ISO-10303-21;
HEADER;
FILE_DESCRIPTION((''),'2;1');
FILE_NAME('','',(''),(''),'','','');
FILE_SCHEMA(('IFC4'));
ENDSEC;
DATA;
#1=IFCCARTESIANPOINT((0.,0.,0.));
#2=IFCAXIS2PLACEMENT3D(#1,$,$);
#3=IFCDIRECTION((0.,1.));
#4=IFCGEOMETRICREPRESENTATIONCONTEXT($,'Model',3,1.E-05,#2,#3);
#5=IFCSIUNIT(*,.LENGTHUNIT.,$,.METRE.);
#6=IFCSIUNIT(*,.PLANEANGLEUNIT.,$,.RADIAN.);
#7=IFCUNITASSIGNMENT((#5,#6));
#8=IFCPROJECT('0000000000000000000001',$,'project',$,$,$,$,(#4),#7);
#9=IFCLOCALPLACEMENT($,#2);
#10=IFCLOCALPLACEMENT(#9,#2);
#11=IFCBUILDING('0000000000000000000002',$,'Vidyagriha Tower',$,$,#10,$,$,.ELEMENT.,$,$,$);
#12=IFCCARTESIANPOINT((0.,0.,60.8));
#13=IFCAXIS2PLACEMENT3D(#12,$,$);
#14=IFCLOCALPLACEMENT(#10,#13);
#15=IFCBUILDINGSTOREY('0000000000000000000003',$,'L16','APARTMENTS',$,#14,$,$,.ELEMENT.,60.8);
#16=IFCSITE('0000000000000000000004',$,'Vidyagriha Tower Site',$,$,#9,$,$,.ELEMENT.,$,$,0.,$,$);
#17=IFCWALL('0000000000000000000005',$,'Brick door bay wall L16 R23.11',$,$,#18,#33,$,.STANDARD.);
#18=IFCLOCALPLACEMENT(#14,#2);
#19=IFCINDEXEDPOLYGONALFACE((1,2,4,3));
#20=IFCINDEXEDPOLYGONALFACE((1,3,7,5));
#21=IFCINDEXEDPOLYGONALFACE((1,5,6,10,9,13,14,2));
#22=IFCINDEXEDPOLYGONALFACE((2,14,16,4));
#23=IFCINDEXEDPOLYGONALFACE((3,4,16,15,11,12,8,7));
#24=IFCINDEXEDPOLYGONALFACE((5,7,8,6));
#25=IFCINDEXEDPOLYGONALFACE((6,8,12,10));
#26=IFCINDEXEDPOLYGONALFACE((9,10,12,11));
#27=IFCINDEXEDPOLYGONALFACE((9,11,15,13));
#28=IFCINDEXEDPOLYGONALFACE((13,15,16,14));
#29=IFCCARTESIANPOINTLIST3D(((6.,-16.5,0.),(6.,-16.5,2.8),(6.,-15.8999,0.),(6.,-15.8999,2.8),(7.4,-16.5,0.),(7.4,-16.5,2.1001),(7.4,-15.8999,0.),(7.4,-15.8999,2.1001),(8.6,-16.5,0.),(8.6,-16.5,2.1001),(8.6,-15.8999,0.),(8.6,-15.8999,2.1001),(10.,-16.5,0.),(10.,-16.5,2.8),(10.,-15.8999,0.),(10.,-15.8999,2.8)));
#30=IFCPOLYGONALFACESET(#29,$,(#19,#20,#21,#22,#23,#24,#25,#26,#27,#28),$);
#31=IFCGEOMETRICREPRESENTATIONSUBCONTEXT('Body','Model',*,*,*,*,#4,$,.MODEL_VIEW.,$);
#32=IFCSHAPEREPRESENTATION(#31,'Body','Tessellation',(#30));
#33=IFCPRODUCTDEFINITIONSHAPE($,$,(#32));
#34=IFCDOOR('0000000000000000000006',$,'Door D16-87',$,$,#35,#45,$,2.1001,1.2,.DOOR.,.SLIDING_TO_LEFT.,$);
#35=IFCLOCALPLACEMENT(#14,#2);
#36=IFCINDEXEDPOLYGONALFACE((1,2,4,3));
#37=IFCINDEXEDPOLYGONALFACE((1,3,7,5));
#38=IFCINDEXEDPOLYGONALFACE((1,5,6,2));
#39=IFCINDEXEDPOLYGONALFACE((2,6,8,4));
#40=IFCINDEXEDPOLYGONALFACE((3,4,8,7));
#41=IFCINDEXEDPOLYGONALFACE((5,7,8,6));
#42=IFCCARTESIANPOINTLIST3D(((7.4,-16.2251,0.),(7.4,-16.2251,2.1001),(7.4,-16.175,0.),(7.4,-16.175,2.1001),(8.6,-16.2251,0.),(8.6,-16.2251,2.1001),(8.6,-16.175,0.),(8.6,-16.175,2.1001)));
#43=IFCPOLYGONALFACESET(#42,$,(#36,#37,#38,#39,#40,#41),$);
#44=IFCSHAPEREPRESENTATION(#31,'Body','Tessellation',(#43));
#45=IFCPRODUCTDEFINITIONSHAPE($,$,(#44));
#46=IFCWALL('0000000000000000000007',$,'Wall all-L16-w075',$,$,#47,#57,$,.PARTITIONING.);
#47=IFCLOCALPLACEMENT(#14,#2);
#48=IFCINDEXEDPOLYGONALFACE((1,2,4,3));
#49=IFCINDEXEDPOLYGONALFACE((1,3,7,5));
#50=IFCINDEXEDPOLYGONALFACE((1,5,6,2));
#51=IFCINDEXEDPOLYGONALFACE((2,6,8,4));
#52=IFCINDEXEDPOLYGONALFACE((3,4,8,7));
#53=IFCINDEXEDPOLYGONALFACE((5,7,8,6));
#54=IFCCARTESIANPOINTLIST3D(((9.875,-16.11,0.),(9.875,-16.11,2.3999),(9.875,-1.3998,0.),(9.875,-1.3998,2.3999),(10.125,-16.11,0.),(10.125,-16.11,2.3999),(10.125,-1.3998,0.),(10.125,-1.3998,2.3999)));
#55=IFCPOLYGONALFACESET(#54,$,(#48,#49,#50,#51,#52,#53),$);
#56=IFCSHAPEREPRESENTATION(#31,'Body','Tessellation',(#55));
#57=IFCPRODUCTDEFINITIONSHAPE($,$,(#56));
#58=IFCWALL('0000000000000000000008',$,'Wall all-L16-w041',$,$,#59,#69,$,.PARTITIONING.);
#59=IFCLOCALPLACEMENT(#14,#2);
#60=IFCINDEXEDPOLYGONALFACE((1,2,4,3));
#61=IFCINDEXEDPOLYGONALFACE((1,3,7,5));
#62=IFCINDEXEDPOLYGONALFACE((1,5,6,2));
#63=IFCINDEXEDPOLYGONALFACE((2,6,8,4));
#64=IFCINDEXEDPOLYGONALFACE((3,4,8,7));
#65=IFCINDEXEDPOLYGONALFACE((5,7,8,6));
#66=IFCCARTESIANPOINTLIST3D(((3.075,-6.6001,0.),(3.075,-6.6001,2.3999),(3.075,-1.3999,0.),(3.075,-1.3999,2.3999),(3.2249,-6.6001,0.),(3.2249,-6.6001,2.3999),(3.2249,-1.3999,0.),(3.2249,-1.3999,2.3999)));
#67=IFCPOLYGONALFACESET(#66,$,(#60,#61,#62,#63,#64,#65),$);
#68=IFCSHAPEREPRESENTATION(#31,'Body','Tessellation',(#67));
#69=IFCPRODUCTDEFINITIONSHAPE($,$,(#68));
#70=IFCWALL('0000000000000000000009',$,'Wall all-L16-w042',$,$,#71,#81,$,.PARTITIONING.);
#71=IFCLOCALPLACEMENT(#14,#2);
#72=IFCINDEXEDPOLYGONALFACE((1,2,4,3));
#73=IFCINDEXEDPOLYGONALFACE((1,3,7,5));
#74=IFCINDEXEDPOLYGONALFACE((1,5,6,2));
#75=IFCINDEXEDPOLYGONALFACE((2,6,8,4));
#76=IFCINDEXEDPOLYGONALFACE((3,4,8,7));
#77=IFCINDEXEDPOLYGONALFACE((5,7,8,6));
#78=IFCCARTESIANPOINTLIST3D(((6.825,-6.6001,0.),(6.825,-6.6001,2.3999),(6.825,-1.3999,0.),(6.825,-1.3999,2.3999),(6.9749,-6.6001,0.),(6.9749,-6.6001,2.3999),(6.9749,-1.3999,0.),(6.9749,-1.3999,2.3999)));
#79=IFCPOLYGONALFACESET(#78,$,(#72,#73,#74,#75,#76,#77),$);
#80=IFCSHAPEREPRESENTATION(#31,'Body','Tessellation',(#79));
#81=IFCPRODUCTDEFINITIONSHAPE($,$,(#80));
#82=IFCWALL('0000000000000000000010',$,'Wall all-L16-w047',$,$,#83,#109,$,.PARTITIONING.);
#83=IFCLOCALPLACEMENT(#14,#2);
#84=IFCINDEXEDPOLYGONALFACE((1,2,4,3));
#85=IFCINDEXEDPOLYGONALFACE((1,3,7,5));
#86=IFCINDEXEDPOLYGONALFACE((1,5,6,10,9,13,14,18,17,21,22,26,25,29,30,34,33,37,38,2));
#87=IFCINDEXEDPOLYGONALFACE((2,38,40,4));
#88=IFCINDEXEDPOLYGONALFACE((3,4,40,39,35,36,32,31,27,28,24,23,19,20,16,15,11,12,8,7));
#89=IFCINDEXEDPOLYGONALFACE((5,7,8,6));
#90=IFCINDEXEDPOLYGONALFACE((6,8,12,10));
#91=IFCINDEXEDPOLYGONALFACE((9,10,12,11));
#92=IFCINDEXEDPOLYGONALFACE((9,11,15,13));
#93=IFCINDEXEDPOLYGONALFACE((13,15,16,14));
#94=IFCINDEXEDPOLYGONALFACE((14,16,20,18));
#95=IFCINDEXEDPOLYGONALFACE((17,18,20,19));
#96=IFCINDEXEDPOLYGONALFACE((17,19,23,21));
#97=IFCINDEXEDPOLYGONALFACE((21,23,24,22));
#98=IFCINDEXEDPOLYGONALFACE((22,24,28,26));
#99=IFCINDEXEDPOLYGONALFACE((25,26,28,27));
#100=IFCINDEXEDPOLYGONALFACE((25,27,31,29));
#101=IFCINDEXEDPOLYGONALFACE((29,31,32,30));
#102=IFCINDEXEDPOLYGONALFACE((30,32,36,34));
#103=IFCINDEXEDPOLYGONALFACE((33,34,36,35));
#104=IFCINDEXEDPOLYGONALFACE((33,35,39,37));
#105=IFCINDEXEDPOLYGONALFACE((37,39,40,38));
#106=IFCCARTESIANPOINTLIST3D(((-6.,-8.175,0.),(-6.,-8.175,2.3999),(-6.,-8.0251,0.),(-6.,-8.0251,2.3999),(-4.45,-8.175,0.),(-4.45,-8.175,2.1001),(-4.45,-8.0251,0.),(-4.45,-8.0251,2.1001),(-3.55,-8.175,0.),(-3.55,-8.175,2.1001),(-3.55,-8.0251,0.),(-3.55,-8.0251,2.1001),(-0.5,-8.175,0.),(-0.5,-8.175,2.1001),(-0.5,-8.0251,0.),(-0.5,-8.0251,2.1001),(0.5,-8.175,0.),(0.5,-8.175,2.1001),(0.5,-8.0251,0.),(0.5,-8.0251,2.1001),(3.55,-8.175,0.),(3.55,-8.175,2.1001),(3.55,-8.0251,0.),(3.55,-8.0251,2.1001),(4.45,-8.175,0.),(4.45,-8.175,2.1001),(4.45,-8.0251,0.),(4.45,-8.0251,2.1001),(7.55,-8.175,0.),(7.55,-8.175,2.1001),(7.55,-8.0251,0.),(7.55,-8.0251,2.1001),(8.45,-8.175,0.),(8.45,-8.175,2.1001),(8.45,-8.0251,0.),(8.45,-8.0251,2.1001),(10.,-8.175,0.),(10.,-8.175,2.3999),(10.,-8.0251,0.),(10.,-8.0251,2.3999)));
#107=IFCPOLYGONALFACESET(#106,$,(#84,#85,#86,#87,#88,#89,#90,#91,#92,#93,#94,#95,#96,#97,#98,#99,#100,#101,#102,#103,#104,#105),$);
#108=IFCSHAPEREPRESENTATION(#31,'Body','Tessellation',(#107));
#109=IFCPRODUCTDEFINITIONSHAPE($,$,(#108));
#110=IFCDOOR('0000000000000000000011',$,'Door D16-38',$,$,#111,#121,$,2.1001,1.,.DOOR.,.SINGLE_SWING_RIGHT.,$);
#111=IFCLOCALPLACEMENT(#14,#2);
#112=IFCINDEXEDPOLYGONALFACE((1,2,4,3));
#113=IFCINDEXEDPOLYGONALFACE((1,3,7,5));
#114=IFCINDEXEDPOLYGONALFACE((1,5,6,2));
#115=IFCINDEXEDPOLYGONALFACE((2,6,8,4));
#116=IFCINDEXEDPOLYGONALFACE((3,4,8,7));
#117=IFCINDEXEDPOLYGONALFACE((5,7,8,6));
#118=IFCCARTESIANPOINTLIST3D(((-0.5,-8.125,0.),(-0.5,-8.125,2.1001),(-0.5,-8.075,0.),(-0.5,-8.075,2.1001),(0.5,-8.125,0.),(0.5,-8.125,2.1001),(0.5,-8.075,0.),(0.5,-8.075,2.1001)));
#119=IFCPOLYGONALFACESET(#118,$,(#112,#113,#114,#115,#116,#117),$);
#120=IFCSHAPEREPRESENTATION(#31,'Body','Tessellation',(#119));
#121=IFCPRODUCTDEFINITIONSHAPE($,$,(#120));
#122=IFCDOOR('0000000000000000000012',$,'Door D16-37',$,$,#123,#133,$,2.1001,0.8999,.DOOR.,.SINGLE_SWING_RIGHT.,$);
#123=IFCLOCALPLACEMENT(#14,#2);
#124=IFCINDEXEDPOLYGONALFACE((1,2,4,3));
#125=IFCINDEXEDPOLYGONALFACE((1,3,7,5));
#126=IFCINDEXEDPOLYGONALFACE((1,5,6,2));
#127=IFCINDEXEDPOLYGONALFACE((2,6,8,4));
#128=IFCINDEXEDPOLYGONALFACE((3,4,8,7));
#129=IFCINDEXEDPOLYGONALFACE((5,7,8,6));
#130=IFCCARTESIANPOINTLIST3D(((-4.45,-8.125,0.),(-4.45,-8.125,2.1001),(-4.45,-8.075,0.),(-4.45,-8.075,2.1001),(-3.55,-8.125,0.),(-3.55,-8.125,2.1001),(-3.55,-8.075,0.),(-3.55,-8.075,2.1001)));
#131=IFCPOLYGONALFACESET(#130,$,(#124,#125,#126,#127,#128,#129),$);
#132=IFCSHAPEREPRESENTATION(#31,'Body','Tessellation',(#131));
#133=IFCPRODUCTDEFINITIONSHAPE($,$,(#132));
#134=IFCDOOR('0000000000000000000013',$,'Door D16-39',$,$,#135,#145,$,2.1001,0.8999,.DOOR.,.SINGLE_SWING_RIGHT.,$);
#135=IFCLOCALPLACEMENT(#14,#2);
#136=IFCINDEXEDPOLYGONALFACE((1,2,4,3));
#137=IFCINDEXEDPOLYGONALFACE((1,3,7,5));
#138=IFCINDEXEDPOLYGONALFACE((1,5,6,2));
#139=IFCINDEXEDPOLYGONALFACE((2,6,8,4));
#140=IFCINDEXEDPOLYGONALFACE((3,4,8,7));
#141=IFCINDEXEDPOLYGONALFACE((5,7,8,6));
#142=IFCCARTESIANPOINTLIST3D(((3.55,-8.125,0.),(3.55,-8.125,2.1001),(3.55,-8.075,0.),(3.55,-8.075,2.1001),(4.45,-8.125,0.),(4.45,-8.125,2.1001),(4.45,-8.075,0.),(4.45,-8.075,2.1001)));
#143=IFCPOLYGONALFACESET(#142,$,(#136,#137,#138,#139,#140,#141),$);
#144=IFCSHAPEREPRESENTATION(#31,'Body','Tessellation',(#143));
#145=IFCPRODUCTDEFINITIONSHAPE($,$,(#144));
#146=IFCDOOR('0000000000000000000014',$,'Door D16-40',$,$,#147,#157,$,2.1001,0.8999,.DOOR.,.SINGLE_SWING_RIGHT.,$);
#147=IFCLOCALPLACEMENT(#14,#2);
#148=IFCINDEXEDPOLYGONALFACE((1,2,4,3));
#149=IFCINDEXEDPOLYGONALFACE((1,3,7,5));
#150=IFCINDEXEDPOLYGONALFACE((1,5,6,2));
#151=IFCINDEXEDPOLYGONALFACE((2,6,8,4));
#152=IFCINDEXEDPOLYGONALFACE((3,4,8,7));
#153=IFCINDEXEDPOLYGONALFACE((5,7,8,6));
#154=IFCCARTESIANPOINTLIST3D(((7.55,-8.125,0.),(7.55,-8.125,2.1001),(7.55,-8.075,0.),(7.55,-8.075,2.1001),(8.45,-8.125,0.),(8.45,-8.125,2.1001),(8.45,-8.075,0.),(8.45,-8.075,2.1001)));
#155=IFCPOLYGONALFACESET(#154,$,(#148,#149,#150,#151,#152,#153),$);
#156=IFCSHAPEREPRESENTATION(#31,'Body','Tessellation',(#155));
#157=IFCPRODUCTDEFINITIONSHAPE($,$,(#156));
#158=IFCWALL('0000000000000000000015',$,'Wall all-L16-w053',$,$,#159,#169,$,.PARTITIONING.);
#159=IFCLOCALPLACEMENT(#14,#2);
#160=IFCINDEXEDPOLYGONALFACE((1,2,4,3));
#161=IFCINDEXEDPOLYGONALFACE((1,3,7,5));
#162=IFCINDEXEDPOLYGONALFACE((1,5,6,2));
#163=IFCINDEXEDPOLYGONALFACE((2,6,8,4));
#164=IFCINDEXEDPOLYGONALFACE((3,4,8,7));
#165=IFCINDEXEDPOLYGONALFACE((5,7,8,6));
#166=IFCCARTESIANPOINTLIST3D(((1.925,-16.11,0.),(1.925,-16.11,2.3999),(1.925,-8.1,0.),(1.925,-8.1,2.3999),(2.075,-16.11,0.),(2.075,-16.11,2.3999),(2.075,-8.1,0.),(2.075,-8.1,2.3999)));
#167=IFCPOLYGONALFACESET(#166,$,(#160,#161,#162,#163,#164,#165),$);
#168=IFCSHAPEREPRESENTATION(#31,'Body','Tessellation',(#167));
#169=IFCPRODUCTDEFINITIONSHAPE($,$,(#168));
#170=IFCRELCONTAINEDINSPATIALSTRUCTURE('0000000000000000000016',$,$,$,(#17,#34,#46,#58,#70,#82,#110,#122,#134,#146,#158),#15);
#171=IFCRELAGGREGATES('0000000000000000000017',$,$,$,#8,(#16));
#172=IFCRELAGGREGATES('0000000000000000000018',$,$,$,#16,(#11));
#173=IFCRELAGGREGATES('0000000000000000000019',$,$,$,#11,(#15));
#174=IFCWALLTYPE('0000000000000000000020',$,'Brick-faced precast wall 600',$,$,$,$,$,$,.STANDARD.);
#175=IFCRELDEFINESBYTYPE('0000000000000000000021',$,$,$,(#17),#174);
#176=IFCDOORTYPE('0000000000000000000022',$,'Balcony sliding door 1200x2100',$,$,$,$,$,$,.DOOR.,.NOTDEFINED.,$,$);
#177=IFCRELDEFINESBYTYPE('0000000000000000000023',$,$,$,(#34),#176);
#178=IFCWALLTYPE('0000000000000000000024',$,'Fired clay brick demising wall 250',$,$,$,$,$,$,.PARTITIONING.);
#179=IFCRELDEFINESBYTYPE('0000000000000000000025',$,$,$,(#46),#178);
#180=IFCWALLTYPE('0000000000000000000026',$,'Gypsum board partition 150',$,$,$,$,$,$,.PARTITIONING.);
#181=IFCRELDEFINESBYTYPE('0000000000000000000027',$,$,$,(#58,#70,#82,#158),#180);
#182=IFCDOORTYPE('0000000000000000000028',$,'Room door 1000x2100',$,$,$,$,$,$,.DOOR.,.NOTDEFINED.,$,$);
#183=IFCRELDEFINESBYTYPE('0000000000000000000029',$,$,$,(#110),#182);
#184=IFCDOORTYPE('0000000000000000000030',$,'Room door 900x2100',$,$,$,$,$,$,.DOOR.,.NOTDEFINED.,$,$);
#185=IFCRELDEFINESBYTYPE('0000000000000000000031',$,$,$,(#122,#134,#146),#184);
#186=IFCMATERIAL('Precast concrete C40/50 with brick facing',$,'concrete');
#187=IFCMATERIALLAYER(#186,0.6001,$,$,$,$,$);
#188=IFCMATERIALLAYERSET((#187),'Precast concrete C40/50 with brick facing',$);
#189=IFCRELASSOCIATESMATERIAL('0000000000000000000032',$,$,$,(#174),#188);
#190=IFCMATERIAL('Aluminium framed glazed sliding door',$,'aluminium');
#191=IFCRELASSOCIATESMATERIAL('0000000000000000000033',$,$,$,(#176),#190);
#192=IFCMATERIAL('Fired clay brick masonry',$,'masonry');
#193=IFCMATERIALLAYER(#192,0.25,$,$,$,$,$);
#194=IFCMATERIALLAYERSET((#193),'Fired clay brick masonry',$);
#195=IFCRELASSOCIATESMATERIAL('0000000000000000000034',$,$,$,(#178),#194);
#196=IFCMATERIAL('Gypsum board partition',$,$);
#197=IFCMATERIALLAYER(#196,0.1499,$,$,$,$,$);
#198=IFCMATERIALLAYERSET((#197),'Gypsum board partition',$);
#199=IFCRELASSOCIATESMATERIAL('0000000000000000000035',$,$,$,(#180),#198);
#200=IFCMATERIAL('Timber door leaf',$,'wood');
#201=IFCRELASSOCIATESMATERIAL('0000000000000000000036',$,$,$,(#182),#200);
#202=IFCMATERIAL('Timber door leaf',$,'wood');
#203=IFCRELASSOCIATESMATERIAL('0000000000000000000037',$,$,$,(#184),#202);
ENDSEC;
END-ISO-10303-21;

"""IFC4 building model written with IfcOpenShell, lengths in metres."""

from ifc_helpers import new_model, si_unit, direction, frame, frame_2d, origin, place, context, subcontext, project, spatial, rectangle, extrude, material, layer, layer_set, type_object, element, fill, save


model = new_model("IFC4")

# Units and contexts
model_context = context("Model", 3, precision=1e-05, world=origin(), true_north=direction((0.0, 1.0)))
body_context = subcontext(model_context, "Body", "Model", "MODEL_VIEW")
ifc_project = project(units=[si_unit("LENGTHUNIT", "METRE"), si_unit("PLANEANGLEUNIT", "RADIAN")], contexts=[model_context])

# Site, building, storey
site_placement = place(None, origin())
site = spatial("IfcSite", under=ifc_project, at=site_placement, Name="Vidyagriha Tower Site", CompositionType="ELEMENT", RefElevation=0.0)
building_placement = place(site_placement, origin())
building = spatial("IfcBuilding", under=site, at=building_placement, Name="Vidyagriha Tower", CompositionType="ELEMENT")
storey_placement = place(building_placement, frame((0.0, 0.0, 60.8)))
storey = spatial("IfcBuildingStorey", under=building, at=storey_placement, Name="L16", Description="APARTMENTS", CompositionType="ELEMENT", Elevation=60.8)

# Wall, opening, door
ifc_material_1 = material(Name="Precast concrete C40/50 with brick facing", Category="concrete")
ifc_layer_1 = layer(ifc_material_1, 0.6001)
ifc_layer_set_1 = layer_set([ifc_layer_1], Name="Precast concrete C40/50 with brick facing")
wall_type_1 = type_object("IfcWallType", Name="Brick-faced precast wall 600", PredefinedType="STANDARD", material=ifc_layer_set_1)
wall_1_placement = place(storey_placement, frame((6.0, -16.2, 0.0)))
wall_1 = element("IfcWall", 1, at=wall_1_placement, inside=storey, type_object=wall_type_1, Name="Brick door bay wall L16 R23.11", PredefinedType="STANDARD", context=body_context, shape_type="SweptSolid", body=[
    extrude(rectangle(XDim=4.0, YDim=0.6001, at=frame_2d((2.0, 0.0))), origin(), (0.0, 0.0, 1.0), 2.8),
])
opening_1_placement = place(wall_1_placement, frame((1.3999, 0.0, 0.0)))
opening_1 = element("IfcOpeningElement", 2, at=opening_1_placement, cuts=wall_1, PredefinedType="OPENING", context=body_context, shape_type="SweptSolid", body=[
    extrude(rectangle(XDim=1.2, YDim=2.1001, at=frame_2d((0.6001, 1.05))), frame((0.0, 0.3101, 0.0), z_axis=(0.0, -1.0, 0.0), x_axis=(1.0, 0.0, 0.0)), (0.0, 0.0, 1.0), 0.6201),
])
ifc_material_2 = material(Name="Aluminium framed glazed sliding door", Category="aluminium")
door_type_1 = type_object("IfcDoorType", Name="Balcony sliding door 1200x2100", OperationType="NOTDEFINED", PredefinedType="DOOR", material=ifc_material_2)
door_1_placement = place(opening_1_placement, origin())
door_1 = element("IfcDoor", 3, at=door_1_placement, inside=storey, type_object=door_type_1, Name="Door D16-87", OperationType="SLIDING_TO_LEFT", OverallHeight=2.1001, OverallWidth=1.2, PredefinedType="DOOR", context=body_context, shape_type="SweptSolid", body=[
    extrude(rectangle(XDim=1.2, YDim=2.1001, at=frame_2d((0.6001, 1.05))), frame((0.0, 0.0249, 0.0), z_axis=(0.0, -1.0, 0.0), x_axis=(1.0, 0.0, 0.0)), (0.0, 0.0, 1.0), 0.05),
])
fill(opening_1, door_1)

# Walls
ifc_material_3 = material(Name="Fired clay brick masonry", Category="masonry")
ifc_layer_2 = layer(ifc_material_3, 0.25)
ifc_layer_set_2 = layer_set([ifc_layer_2], Name="Fired clay brick masonry")
wall_type_2 = type_object("IfcWallType", Name="Fired clay brick demising wall 250", PredefinedType="PARTITIONING", material=ifc_layer_set_2)
wall_2_placement = place(storey_placement, frame((10.0, -1.3999, 0.0), z_axis=(0.0, 0.0, 1.0), x_axis=(0.0, -1.0, 0.0)))
element("IfcWall", 4, at=wall_2_placement, inside=storey, type_object=wall_type_2, Name="Wall all-L16-w075", PredefinedType="PARTITIONING", context=body_context, shape_type="SweptSolid", body=[
    extrude(rectangle(XDim=14.7102, YDim=0.25, at=frame_2d((7.355, 0.0))), origin(), (0.0, 0.0, 1.0), 2.3999),
])
ifc_material_4 = material(Name="Gypsum board partition")
ifc_layer_3 = layer(ifc_material_4, 0.1499)
ifc_layer_set_3 = layer_set([ifc_layer_3], Name="Gypsum board partition")
wall_type_3 = type_object("IfcWallType", Name="Gypsum board partition 150", PredefinedType="PARTITIONING", material=ifc_layer_set_3)
for number, where, z_axis, x_axis, name in (
    (5, (3.1499, -1.3999, 0.0), (0.0, 0.0, 1.0), (0.0, -1.0, 0.0), "Wall all-L16-w041"),
    (6, (6.8999, -1.3999, 0.0), (0.0, 0.0, 1.0), (0.0, -1.0, 0.0), "Wall all-L16-w042"),
):
    element("IfcWall", number, at=place(storey_placement, frame(where, z_axis=z_axis, x_axis=x_axis)), inside=storey, type_object=wall_type_3, Name=name, PredefinedType="PARTITIONING", context=body_context, shape_type="SweptSolid", body=[
        extrude(rectangle(XDim=5.2002, YDim=0.1499, at=frame_2d((2.6001, 0.0))), origin(), (0.0, 0.0, 1.0), 2.3999),
    ])

# Wall, openings, doors
wall_3_placement = place(storey_placement, frame((10.0, -8.1001, 0.0), z_axis=(0.0, 0.0, 1.0), x_axis=(-1.0, 0.0, 0.0)))
wall_3 = element("IfcWall", 7, at=wall_3_placement, inside=storey, type_object=wall_type_3, Name="Wall all-L16-w047", PredefinedType="PARTITIONING", context=body_context, shape_type="SweptSolid", body=[
    extrude(rectangle(XDim=16.0, YDim=0.1499, at=frame_2d((8.0, 0.0))), origin(), (0.0, 0.0, 1.0), 2.3999),
])
opening_2_placement = place(wall_3_placement, frame((13.55, 0.0, 0.0)))
opening_2 = element("IfcOpeningElement", 8, at=opening_2_placement, cuts=wall_3, PredefinedType="OPENING", context=body_context, shape_type="SweptSolid", body=[
    extrude(rectangle(XDim=0.8999, YDim=2.1001, at=frame_2d((0.45, 1.05))), frame((0.0, 0.085, 0.0), z_axis=(0.0, -1.0, 0.0), x_axis=(1.0, 0.0, 0.0)), (0.0, 0.0, 1.0), 0.1699),
])
opening_3_placement = place(wall_3_placement, frame((9.5, 0.0, 0.0)))
opening_3 = element("IfcOpeningElement", 9, at=opening_3_placement, cuts=wall_3, PredefinedType="OPENING", context=body_context, shape_type="SweptSolid", body=[
    extrude(rectangle(XDim=1.0, YDim=2.1001, at=frame_2d((0.5, 1.05))), frame((0.0, 0.085, 0.0), z_axis=(0.0, -1.0, 0.0), x_axis=(1.0, 0.0, 0.0)), (0.0, 0.0, 1.0), 0.1699),
])
opening_4_placement = place(wall_3_placement, frame((5.55, 0.0, 0.0)))
opening_4 = element("IfcOpeningElement", 10, at=opening_4_placement, cuts=wall_3, PredefinedType="OPENING", context=body_context, shape_type="SweptSolid", body=[
    extrude(rectangle(XDim=0.8999, YDim=2.1001, at=frame_2d((0.45, 1.05))), frame((0.0, 0.085, 0.0), z_axis=(0.0, -1.0, 0.0), x_axis=(1.0, 0.0, 0.0)), (0.0, 0.0, 1.0), 0.1699),
])
opening_5_placement = place(wall_3_placement, frame((1.55, 0.0, 0.0)))
opening_5 = element("IfcOpeningElement", 11, at=opening_5_placement, cuts=wall_3, PredefinedType="OPENING", context=body_context, shape_type="SweptSolid", body=[
    extrude(rectangle(XDim=0.8999, YDim=2.1001, at=frame_2d((0.45, 1.05))), frame((0.0, 0.085, 0.0), z_axis=(0.0, -1.0, 0.0), x_axis=(1.0, 0.0, 0.0)), (0.0, 0.0, 1.0), 0.1699),
])
ifc_material_5 = material(Name="Timber door leaf", Category="wood")
door_type_2 = type_object("IfcDoorType", Name="Room door 1000x2100", OperationType="NOTDEFINED", PredefinedType="DOOR", material=ifc_material_5)
door_2_placement = place(opening_3_placement, origin())
door_2 = element("IfcDoor", 12, at=door_2_placement, inside=storey, type_object=door_type_2, Name="Door D16-38", OperationType="SINGLE_SWING_RIGHT", OverallHeight=2.1001, OverallWidth=1.0, PredefinedType="DOOR", context=body_context, shape_type="SweptSolid", body=[
    extrude(rectangle(XDim=1.0, YDim=2.1001, at=frame_2d((0.5, 1.05))), frame((0.0, 0.0249, 0.0), z_axis=(0.0, -1.0, 0.0), x_axis=(1.0, 0.0, 0.0)), (0.0, 0.0, 1.0), 0.05),
])
fill(opening_3, door_2)
ifc_material_6 = material(Name="Timber door leaf", Category="wood")
door_type_3 = type_object("IfcDoorType", Name="Room door 900x2100", OperationType="NOTDEFINED", PredefinedType="DOOR", material=ifc_material_6)
door_3_placement = place(opening_2_placement, origin())
door_3 = element("IfcDoor", 13, at=door_3_placement, inside=storey, type_object=door_type_3, Name="Door D16-37", OperationType="SINGLE_SWING_RIGHT", OverallHeight=2.1001, OverallWidth=0.8999, PredefinedType="DOOR", context=body_context, shape_type="SweptSolid", body=[
    extrude(rectangle(XDim=0.8999, YDim=2.1001, at=frame_2d((0.45, 1.05))), frame((0.0, 0.0249, 0.0), z_axis=(0.0, -1.0, 0.0), x_axis=(1.0, 0.0, 0.0)), (0.0, 0.0, 1.0), 0.05),
])
fill(opening_2, door_3)
door_4_placement = place(opening_4_placement, origin())
door_4 = element("IfcDoor", 14, at=door_4_placement, inside=storey, type_object=door_type_3, Name="Door D16-39", OperationType="SINGLE_SWING_RIGHT", OverallHeight=2.1001, OverallWidth=0.8999, PredefinedType="DOOR", context=body_context, shape_type="SweptSolid", body=[
    extrude(rectangle(XDim=0.8999, YDim=2.1001, at=frame_2d((0.45, 1.05))), frame((0.0, 0.0249, 0.0), z_axis=(0.0, -1.0, 0.0), x_axis=(1.0, 0.0, 0.0)), (0.0, 0.0, 1.0), 0.05),
])
fill(opening_4, door_4)
door_5_placement = place(opening_5_placement, origin())
door_5 = element("IfcDoor", 15, at=door_5_placement, inside=storey, type_object=door_type_3, Name="Door D16-40", OperationType="SINGLE_SWING_RIGHT", OverallHeight=2.1001, OverallWidth=0.8999, PredefinedType="DOOR", context=body_context, shape_type="SweptSolid", body=[
    extrude(rectangle(XDim=0.8999, YDim=2.1001, at=frame_2d((0.45, 1.05))), frame((0.0, 0.0249, 0.0), z_axis=(0.0, -1.0, 0.0), x_axis=(1.0, 0.0, 0.0)), (0.0, 0.0, 1.0), 0.05),
])
fill(opening_5, door_5)

# Wall
wall_4_placement = place(storey_placement, frame((2.0, -8.1001, 0.0), z_axis=(0.0, 0.0, 1.0), x_axis=(0.0, -1.0, 0.0)))
element("IfcWall", 16, at=wall_4_placement, inside=storey, type_object=wall_type_3, Name="Wall all-L16-w053", PredefinedType="PARTITIONING", context=body_context, shape_type="SweptSolid", body=[
    extrude(rectangle(XDim=8.01, YDim=0.1499, at=frame_2d((4.0049, 0.0))), origin(), (0.0, 0.0, 1.0), 2.3999),
])

save(model, "model.ifc")
